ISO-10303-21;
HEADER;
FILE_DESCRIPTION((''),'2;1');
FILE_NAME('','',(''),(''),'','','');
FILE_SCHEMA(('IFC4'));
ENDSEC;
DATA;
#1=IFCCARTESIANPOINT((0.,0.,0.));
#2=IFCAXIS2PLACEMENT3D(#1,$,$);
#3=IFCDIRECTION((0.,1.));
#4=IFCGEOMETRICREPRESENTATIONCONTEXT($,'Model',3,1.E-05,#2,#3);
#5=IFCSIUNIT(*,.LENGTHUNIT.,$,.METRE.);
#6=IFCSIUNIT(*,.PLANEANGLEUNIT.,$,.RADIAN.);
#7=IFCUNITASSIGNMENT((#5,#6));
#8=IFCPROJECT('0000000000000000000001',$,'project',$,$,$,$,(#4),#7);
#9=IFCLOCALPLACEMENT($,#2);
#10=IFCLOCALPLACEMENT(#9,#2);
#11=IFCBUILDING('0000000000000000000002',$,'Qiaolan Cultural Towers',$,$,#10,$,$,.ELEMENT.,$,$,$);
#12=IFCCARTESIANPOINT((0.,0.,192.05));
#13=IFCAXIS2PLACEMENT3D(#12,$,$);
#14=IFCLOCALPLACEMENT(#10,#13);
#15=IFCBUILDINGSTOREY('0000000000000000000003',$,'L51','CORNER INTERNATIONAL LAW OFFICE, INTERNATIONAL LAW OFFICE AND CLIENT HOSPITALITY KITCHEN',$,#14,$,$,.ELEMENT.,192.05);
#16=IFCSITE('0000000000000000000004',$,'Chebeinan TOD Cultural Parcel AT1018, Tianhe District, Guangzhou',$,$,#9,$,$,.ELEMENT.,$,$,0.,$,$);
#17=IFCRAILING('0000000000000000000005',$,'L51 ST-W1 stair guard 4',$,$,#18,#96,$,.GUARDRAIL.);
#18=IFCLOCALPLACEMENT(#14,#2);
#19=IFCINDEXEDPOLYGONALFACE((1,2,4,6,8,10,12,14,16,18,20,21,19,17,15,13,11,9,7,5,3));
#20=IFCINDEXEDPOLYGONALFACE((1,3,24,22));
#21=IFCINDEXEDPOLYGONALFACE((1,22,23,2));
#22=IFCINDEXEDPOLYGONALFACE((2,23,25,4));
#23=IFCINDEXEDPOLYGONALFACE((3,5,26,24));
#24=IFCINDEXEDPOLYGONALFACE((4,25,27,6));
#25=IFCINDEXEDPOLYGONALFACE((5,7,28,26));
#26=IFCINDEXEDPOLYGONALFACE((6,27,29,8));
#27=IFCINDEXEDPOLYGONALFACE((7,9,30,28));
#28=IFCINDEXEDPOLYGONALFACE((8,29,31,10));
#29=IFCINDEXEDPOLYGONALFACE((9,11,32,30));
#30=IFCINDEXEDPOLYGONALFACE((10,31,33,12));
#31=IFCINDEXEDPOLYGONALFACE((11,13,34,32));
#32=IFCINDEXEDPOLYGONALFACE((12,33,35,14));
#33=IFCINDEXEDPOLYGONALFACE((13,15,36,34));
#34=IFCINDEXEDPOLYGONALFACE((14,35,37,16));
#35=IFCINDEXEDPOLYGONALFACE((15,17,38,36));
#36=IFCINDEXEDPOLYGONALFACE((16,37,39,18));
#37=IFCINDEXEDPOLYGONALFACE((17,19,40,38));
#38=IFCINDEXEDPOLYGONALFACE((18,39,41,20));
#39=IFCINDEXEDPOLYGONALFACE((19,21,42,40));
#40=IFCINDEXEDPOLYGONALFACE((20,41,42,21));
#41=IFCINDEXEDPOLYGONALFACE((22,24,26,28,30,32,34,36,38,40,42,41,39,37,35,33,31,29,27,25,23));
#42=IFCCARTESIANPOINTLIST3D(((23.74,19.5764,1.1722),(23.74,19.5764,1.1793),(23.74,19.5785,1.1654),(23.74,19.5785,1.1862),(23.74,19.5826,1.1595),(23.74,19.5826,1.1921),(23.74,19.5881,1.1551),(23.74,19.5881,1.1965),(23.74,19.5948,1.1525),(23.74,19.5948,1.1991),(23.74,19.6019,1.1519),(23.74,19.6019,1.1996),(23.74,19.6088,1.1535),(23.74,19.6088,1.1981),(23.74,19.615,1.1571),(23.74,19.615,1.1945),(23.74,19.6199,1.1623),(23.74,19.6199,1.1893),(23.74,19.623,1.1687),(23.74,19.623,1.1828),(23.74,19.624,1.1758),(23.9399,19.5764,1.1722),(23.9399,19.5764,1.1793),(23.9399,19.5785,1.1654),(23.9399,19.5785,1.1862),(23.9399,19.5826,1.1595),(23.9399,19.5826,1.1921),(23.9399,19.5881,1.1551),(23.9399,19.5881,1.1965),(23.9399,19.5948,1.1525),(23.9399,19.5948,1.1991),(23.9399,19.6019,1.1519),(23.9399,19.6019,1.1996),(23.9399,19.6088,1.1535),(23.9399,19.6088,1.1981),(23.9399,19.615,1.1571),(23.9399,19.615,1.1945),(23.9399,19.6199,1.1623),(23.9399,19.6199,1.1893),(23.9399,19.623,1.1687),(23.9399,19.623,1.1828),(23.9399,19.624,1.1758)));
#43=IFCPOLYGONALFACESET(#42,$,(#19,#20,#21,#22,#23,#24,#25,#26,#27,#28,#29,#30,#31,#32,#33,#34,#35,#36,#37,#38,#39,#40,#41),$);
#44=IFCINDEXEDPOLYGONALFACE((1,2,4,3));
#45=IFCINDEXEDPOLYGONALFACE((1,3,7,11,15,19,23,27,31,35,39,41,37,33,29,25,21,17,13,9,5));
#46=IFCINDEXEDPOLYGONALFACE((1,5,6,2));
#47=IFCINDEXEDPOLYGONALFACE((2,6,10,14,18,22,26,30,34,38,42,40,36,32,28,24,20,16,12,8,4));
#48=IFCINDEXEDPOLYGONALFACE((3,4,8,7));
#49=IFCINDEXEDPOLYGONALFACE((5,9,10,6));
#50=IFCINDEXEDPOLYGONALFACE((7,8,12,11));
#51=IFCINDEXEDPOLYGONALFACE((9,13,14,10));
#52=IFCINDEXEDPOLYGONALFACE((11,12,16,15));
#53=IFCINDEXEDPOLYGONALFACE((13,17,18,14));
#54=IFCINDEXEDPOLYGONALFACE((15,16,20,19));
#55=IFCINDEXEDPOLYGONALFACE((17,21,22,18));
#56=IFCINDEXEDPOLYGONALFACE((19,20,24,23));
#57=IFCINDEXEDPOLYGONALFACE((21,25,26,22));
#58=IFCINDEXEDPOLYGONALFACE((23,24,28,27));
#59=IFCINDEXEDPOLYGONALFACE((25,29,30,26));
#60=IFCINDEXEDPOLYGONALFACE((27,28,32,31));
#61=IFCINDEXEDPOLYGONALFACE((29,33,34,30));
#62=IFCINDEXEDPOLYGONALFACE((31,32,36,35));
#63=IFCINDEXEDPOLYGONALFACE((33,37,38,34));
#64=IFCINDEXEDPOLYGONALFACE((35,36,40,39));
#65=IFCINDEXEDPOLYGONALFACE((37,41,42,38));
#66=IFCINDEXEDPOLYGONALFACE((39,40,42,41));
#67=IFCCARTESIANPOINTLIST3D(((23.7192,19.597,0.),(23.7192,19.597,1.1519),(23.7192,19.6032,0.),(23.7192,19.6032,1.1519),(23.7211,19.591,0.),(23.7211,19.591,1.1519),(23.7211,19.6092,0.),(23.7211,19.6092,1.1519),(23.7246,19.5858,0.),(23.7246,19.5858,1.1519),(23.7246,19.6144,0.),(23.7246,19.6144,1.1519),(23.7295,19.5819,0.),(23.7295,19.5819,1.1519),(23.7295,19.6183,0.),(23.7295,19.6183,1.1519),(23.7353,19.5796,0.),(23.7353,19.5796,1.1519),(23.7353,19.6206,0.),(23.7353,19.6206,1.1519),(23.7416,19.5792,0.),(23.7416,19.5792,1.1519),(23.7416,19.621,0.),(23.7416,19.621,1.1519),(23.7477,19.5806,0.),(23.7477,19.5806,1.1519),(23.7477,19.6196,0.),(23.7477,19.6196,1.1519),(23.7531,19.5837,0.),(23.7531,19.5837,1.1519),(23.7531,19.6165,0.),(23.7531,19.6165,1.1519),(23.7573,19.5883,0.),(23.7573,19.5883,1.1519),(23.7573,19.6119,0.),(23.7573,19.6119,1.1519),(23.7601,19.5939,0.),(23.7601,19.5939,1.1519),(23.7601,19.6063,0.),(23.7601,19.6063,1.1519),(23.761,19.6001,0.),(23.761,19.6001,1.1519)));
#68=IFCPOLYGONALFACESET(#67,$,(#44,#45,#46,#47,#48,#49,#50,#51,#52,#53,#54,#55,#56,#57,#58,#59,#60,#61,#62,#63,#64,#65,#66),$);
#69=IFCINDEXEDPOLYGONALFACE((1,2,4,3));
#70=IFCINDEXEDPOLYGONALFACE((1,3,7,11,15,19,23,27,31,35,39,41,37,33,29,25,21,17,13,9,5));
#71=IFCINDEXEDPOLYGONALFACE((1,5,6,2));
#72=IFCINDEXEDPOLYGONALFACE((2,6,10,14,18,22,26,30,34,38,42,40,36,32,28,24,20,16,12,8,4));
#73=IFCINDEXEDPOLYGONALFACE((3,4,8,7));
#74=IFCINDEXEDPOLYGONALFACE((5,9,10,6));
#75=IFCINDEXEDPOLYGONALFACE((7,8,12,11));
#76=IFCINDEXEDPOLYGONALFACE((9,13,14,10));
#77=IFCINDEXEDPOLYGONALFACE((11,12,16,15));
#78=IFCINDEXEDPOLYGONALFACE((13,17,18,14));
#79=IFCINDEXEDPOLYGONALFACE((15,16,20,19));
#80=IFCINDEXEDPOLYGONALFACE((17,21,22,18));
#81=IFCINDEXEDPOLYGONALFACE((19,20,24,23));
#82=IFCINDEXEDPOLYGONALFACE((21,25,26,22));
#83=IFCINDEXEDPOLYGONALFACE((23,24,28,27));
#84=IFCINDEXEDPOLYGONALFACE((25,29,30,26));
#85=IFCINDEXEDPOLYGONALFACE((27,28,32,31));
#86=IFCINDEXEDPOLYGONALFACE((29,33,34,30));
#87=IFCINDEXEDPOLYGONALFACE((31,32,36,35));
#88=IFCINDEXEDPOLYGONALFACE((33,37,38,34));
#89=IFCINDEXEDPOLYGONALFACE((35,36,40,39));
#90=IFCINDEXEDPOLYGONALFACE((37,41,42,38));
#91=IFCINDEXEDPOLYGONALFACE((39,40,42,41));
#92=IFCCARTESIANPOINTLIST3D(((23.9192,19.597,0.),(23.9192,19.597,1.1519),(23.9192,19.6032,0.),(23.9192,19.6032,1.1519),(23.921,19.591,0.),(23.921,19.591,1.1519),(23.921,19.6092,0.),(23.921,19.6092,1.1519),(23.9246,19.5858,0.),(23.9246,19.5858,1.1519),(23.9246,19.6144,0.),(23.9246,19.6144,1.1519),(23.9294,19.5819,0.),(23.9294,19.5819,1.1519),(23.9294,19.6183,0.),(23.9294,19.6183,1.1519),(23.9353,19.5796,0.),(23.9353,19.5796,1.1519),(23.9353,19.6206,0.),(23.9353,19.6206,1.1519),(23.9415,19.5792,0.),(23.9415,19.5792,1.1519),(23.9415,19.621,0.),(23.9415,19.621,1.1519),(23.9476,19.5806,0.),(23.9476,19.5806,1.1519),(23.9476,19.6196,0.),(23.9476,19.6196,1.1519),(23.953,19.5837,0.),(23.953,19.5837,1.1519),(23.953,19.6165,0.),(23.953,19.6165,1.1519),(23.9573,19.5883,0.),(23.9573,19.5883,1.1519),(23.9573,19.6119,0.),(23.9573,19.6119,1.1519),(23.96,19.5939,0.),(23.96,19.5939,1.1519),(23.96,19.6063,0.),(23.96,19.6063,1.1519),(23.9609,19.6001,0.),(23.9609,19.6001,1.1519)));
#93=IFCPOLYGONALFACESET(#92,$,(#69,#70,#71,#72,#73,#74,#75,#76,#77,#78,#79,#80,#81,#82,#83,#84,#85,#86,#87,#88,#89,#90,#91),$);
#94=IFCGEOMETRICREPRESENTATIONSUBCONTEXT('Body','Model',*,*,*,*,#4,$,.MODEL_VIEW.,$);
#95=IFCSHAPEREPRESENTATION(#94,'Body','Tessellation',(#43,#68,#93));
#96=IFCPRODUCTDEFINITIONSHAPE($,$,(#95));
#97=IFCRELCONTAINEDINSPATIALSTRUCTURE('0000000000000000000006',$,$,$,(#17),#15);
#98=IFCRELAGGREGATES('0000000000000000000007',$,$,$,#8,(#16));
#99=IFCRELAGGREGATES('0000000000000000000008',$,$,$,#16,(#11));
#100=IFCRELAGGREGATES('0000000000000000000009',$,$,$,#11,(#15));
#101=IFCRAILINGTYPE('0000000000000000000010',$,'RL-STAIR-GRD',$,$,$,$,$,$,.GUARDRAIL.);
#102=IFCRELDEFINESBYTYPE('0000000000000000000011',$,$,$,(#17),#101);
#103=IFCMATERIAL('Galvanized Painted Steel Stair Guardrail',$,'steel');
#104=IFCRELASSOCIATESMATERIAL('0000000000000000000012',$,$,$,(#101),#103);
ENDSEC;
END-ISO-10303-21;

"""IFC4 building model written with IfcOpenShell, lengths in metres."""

from ifc_helpers import new_model, si_unit, direction, frame, origin, origin_2d, place, context, subcontext, project, spatial, circle, extrude, material, type_object, element, save


model = new_model("IFC4")

# Units and contexts
model_context = context("Model", 3, precision=1e-05, world=origin(), true_north=direction((0.0, 1.0)))
body_context = subcontext(model_context, "Body", "Model", "MODEL_VIEW")
ifc_project = project(units=[si_unit("LENGTHUNIT", "METRE"), si_unit("PLANEANGLEUNIT", "RADIAN")], contexts=[model_context])

# Site, building, storey
site_placement = place(None, origin())
site = spatial("IfcSite", under=ifc_project, at=site_placement, Name="Chebeinan TOD Cultural Parcel AT1018, Tianhe District, Guangzhou", CompositionType="ELEMENT", RefElevation=0.0)
building_placement = place(site_placement, origin())
building = spatial("IfcBuilding", under=site, at=building_placement, Name="Qiaolan Cultural Towers", CompositionType="ELEMENT")
storey_placement = place(building_placement, frame((0.0, 0.0, 192.05)))
storey = spatial("IfcBuildingStorey", under=building, at=storey_placement, Name="L51", Description="CORNER INTERNATIONAL LAW OFFICE, INTERNATIONAL LAW OFFICE AND CLIENT HOSPITALITY KITCHEN", CompositionType="ELEMENT", Elevation=192.05)

# Railing
ifc_material_1 = material(Name="Galvanized Painted Steel Stair Guardrail", Category="steel")
railing_type_1 = type_object("IfcRailingType", Name="RL-STAIR-GRD", PredefinedType="GUARDRAIL", material=ifc_material_1)
railing_1_placement = place(storey_placement, frame((23.74, 19.6001, 0.0)))
element("IfcRailing", 1, at=railing_1_placement, inside=storey, type_object=railing_type_1, Name="L51 ST-W1 stair guard 4", PredefinedType="GUARDRAIL", context=body_context, shape_type="SweptSolid", body=[
    extrude(circle(Radius=0.0239, at=origin_2d()), frame((0.0, 0.0, 1.1758), z_axis=(1.0, 0.0, 0.0), x_axis=(0.0, 1.0, 0.0)), (0.0, 0.0, 1.0), 0.2),
    extrude(circle(Radius=0.021, at=origin_2d()), origin(), (0.0, 0.0, 1.0), 1.1519),
    extrude(circle(Radius=0.021, at=origin_2d()), frame((0.2, 0.0, 0.0)), (0.0, 0.0, 1.0), 1.1519),
])

save(model, "model.ifc")
